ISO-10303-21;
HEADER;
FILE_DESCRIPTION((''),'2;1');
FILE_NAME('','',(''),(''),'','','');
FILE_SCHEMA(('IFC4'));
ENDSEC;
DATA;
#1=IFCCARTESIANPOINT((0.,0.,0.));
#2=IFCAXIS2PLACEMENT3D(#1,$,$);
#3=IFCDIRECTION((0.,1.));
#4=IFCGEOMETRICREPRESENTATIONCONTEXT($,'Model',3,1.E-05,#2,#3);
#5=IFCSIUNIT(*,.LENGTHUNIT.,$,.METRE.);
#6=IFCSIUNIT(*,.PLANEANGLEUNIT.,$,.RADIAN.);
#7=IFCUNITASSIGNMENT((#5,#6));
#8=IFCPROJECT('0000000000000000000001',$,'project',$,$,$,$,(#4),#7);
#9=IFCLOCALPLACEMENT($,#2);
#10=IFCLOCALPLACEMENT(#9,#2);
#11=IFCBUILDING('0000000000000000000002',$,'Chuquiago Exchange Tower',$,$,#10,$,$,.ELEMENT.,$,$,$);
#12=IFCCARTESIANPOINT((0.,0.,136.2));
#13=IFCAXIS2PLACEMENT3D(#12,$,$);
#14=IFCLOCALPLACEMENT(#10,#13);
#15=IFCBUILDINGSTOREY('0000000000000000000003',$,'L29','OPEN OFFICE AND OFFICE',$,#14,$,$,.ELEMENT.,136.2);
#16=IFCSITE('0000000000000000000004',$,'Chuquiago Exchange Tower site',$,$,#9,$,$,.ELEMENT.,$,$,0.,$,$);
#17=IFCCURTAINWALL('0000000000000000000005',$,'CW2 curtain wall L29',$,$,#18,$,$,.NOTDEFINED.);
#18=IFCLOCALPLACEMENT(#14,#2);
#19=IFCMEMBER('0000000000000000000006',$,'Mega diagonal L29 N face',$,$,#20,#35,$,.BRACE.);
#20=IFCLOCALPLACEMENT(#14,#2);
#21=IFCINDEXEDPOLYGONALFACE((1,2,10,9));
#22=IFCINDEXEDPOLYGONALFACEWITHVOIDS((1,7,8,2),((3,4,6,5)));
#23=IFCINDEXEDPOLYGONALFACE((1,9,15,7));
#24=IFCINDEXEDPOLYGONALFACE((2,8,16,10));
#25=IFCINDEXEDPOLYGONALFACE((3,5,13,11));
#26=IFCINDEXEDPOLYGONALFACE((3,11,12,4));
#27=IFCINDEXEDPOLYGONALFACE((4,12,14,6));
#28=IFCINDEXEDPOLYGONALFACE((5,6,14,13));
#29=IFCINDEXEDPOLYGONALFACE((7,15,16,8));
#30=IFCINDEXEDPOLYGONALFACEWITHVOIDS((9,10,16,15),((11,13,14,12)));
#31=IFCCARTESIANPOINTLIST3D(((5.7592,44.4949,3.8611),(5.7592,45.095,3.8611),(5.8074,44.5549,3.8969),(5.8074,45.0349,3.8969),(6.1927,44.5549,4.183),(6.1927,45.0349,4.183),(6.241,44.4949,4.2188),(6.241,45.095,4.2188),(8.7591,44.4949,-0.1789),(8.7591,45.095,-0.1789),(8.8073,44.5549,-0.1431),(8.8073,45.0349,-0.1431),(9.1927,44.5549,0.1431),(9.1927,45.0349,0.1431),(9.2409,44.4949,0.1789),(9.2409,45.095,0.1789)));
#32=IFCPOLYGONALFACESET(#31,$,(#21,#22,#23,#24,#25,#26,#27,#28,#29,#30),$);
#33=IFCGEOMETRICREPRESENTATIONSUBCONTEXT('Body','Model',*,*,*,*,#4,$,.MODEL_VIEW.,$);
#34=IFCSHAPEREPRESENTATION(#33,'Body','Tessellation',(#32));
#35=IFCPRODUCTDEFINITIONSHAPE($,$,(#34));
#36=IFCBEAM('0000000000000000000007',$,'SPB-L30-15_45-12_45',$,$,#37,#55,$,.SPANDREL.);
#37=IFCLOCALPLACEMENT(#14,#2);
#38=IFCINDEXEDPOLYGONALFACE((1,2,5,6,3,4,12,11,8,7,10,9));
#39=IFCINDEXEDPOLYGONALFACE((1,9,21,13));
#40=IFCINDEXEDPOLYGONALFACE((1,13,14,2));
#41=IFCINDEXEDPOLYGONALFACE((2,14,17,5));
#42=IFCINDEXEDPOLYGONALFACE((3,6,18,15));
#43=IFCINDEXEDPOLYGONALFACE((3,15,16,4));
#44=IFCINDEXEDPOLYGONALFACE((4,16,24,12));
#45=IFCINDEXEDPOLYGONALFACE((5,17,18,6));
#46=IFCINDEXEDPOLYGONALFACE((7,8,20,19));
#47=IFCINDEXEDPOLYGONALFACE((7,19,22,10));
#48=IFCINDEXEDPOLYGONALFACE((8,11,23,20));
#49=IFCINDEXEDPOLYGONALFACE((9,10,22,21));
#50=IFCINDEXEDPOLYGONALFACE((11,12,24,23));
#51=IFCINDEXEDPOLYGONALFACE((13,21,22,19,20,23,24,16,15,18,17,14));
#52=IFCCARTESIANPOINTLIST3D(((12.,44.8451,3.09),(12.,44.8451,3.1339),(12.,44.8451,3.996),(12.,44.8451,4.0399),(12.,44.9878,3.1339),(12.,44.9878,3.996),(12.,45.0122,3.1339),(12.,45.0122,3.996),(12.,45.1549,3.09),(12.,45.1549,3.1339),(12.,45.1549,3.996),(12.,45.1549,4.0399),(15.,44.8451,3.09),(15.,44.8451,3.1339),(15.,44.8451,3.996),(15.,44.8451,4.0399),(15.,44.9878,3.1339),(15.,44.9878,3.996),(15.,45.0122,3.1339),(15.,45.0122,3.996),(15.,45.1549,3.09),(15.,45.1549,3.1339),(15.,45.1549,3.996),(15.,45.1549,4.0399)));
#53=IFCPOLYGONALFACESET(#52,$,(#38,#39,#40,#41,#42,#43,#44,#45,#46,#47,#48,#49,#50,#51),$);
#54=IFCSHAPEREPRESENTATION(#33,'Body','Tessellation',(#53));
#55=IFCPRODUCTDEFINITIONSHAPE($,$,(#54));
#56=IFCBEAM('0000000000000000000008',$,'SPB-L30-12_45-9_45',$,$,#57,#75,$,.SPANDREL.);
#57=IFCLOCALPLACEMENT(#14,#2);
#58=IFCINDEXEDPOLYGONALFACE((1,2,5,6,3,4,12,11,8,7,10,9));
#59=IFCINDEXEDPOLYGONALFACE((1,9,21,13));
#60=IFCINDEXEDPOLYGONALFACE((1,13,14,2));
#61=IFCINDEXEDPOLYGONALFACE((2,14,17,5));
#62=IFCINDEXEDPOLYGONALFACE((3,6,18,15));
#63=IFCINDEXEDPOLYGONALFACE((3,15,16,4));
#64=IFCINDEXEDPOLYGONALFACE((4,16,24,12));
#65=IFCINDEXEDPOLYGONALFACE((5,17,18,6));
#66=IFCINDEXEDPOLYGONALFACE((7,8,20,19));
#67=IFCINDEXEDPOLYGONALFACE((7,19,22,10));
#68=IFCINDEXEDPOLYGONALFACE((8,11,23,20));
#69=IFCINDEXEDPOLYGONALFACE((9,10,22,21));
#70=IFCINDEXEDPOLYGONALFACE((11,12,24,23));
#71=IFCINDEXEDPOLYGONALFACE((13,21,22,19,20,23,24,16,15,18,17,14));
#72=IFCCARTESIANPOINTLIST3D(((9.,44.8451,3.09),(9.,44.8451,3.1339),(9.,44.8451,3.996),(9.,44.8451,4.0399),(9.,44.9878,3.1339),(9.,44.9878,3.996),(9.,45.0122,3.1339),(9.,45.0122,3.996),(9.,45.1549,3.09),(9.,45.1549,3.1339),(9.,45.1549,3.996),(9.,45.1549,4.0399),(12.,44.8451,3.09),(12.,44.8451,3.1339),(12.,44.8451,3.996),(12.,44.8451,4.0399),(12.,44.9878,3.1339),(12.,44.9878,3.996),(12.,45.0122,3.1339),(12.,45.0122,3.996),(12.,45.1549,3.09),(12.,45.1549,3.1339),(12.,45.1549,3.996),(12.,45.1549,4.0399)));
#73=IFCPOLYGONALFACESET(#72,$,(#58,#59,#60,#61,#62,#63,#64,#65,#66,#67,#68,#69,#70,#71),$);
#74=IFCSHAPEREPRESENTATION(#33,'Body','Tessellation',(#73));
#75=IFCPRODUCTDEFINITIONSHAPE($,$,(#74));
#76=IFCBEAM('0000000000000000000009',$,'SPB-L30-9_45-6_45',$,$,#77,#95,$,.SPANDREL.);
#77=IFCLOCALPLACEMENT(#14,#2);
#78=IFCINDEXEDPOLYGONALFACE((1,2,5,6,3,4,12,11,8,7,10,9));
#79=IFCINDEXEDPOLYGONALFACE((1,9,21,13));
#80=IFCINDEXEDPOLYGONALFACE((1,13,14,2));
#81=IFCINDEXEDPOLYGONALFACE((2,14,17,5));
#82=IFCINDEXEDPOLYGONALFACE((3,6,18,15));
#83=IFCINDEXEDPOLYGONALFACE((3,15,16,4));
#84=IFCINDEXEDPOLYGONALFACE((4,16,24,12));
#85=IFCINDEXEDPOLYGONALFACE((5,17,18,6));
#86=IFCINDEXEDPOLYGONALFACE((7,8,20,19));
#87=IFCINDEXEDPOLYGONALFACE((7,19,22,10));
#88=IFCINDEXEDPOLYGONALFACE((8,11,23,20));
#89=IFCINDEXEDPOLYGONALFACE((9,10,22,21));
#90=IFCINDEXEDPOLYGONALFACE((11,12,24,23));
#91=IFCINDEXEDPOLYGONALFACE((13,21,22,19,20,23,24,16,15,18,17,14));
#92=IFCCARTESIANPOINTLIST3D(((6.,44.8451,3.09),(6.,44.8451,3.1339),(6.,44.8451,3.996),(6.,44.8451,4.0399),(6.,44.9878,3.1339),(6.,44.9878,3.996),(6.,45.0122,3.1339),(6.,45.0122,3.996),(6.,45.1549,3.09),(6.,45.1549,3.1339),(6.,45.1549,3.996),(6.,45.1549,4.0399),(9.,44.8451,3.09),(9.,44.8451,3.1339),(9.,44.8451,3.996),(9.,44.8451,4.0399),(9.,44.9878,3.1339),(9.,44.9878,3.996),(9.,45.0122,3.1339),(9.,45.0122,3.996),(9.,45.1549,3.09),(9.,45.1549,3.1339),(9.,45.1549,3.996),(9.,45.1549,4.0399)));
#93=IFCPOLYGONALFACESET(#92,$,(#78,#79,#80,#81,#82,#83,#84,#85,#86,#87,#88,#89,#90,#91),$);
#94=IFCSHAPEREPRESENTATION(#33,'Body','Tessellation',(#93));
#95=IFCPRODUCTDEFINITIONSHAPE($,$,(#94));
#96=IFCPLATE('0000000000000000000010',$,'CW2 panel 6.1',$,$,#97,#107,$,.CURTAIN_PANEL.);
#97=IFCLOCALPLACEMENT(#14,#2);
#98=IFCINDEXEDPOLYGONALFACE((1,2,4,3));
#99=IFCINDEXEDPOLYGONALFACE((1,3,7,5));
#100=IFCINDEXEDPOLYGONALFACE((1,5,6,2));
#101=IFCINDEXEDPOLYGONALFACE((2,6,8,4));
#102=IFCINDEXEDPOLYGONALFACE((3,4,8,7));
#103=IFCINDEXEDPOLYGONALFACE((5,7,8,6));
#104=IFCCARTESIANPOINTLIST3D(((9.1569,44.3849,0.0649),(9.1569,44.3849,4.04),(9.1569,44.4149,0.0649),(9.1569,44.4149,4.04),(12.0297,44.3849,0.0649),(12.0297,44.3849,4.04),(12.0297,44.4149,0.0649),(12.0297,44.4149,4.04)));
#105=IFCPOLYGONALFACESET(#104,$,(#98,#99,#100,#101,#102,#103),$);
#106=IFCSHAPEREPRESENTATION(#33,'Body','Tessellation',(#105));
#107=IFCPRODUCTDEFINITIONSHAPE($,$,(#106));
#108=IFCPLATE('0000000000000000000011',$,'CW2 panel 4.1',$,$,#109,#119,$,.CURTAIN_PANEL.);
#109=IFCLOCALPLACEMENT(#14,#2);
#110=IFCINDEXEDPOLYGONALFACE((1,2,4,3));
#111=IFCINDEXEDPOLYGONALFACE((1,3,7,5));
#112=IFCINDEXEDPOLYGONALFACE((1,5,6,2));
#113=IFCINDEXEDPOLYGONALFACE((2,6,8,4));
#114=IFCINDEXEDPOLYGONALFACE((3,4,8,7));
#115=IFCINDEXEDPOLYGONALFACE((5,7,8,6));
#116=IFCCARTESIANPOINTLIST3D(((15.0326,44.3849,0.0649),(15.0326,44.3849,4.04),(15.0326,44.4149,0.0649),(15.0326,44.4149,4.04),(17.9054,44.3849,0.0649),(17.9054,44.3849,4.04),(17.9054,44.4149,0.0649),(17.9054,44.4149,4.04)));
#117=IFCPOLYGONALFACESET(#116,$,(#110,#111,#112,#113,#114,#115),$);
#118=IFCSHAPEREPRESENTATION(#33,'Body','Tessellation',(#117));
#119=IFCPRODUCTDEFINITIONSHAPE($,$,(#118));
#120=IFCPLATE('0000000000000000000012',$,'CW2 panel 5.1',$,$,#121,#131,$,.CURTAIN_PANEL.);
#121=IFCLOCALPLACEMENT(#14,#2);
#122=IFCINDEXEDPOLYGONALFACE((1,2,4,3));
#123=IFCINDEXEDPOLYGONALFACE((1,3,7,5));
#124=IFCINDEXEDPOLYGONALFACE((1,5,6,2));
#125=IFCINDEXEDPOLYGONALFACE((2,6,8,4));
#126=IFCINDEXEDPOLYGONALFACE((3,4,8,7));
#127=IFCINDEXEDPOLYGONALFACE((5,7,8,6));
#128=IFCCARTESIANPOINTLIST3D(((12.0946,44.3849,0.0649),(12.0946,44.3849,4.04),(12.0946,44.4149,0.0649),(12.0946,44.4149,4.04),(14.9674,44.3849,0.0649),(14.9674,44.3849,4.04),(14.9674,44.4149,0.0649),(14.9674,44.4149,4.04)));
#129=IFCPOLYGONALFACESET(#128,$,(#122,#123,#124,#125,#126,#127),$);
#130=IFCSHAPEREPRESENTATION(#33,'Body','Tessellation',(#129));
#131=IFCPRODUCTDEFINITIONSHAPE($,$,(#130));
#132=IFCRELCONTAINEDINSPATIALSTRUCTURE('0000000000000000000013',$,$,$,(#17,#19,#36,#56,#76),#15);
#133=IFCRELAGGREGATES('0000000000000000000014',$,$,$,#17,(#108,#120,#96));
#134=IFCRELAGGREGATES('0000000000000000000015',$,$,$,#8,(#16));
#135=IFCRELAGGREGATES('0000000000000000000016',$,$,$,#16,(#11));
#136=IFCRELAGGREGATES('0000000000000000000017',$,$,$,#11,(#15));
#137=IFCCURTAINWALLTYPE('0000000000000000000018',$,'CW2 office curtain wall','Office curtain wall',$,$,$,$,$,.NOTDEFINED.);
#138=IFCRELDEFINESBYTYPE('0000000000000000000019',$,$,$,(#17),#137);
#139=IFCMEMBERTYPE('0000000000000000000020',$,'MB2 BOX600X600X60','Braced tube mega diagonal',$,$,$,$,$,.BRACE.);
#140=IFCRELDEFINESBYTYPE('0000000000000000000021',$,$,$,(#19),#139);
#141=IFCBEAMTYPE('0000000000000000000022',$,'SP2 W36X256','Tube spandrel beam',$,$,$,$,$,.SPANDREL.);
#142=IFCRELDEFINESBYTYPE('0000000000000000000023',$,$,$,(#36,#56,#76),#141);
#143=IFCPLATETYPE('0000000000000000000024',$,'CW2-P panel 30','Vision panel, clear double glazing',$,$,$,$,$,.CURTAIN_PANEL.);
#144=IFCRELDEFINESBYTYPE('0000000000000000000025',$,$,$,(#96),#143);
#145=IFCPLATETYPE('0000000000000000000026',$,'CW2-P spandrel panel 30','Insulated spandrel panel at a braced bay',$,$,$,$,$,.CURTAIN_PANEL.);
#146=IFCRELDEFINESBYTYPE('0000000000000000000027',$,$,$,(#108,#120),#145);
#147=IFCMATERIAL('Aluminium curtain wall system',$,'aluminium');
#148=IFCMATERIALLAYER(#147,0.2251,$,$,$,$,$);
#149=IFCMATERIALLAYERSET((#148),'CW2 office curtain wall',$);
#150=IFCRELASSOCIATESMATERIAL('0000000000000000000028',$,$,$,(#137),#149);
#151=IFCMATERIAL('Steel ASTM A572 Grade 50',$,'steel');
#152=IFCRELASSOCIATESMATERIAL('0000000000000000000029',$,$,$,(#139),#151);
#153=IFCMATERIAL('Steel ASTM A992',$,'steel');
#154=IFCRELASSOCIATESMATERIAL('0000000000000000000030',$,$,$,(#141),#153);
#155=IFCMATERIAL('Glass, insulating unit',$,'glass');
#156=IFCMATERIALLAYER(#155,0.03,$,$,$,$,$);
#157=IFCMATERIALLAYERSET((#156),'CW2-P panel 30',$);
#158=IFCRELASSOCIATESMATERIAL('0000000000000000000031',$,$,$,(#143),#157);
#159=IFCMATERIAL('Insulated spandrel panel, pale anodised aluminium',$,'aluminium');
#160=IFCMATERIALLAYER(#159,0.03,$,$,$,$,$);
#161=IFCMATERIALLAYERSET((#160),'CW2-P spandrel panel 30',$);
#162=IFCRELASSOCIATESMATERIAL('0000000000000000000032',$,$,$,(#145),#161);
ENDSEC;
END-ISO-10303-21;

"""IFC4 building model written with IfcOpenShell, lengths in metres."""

from ifc_helpers import new_model, si_unit, direction, frame, origin, origin_2d, place, context, subcontext, project, spatial, rectangle, hollow_rectangle, i_section, extrude, material, layer, layer_set, material_profile, profile_set, type_object, element, aggregate, save


model = new_model("IFC4")

# Units and contexts
model_context = context("Model", 3, precision=1e-05, world=origin(), true_north=direction((0.0, 1.0)))
body_context = subcontext(model_context, "Body", "Model", "MODEL_VIEW")
ifc_project = project(units=[si_unit("LENGTHUNIT", "METRE"), si_unit("PLANEANGLEUNIT", "RADIAN")], contexts=[model_context])

# Site, building, storey
site_placement = place(None, origin())
site = spatial("IfcSite", under=ifc_project, at=site_placement, Name="Chuquiago Exchange Tower site", CompositionType="ELEMENT", RefElevation=0.0)
building_placement = place(site_placement, origin())
building = spatial("IfcBuilding", under=site, at=building_placement, Name="Chuquiago Exchange Tower", CompositionType="ELEMENT")
storey_placement = place(building_placement, frame((0.0, 0.0, 136.2)))
storey = spatial("IfcBuildingStorey", under=building, at=storey_placement, Name="L29", Description="OPEN OFFICE AND OFFICE", CompositionType="ELEMENT", Elevation=136.2)

# Curtain wall
ifc_material_1 = material(Name="Aluminium curtain wall system", Category="aluminium")
ifc_layer_1 = layer(ifc_material_1, 0.2251)
ifc_layer_set_1 = layer_set([ifc_layer_1], Name="CW2 office curtain wall")
curtain_wall_type = type_object("IfcCurtainWallType", Name="CW2 office curtain wall", Description="Office curtain wall", PredefinedType="NOTDEFINED", material=ifc_layer_set_1)
curtain_wall_placement = place(storey_placement, origin())
curtain_wall = element("IfcCurtainWall", 1, at=curtain_wall_placement, inside=storey, type_object=curtain_wall_type, Name="CW2 curtain wall L29", PredefinedType="NOTDEFINED")

# Member
ifc_material_2 = material(Name="Steel ASTM A572 Grade 50", Category="steel")
ifc_material_profile_1 = material_profile(ifc_material_2, hollow_rectangle(XDim=0.6001, YDim=0.6001, WallThickness=0.0601, at=origin_2d()), Name="BOX600X600X60")
ifc_profile_set_1 = profile_set([ifc_material_profile_1], Name="Steel ASTM A572 Grade 50")
member_type_1 = type_object("IfcMemberType", Name="MB2 BOX600X600X60", Description="Braced tube mega diagonal", PredefinedType="BRACE", material=ifc_profile_set_1)
for number, where, z_axis, x_axis, name in (
    (2, (9.0, 44.7949, 0.0), (-0.596174, 0.0, 0.802855), (0.0, -1.0, 0.0), "Mega diagonal L29 N face"),
):
    element("IfcMember", number, at=place(storey_placement, frame(where, z_axis=z_axis, x_axis=x_axis)), inside=storey, type_object=member_type_1, Name=name, PredefinedType="BRACE", context=body_context, shape_type="SweptSolid", body=[
        extrude(hollow_rectangle(XDim=0.6001, YDim=0.6001, WallThickness=0.0601, at=origin_2d()), origin(), (0.0, 0.0, 1.0), 5.032),
    ])

# Beams
ifc_material_3 = material(Name="Steel ASTM A992", Category="steel")
ifc_material_profile_2 = material_profile(ifc_material_3, i_section(OverallWidth=0.3098, OverallDepth=0.95, WebThickness=0.0244, FlangeThickness=0.0439, at=origin_2d()), Name="W36X256")
ifc_profile_set_2 = profile_set([ifc_material_profile_2], Name="Steel ASTM A992")
beam_type = type_object("IfcBeamType", Name="SP2 W36X256", Description="Tube spandrel beam", PredefinedType="SPANDREL", material=ifc_profile_set_2)
for number, where, z_axis, x_axis, name in (
    (3, (15.0, 45.0, 3.5649), (-1.0, 0.0, 0.0), (0.0, -1.0, 0.0), "SPB-L30-15_45-12_45"),
    (4, (12.0, 45.0, 3.5649), (-1.0, 0.0, 0.0), (0.0, -1.0, 0.0), "SPB-L30-12_45-9_45"),
    (5, (9.0, 45.0, 3.5649), (-1.0, 0.0, 0.0), (0.0, -1.0, 0.0), "SPB-L30-9_45-6_45"),
):
    element("IfcBeam", number, at=place(storey_placement, frame(where, z_axis=z_axis, x_axis=x_axis)), inside=storey, type_object=beam_type, Name=name, PredefinedType="SPANDREL", context=body_context, shape_type="SweptSolid", body=[
        extrude(i_section(OverallWidth=0.3098, OverallDepth=0.95, WebThickness=0.0244, FlangeThickness=0.0439, at=origin_2d()), origin(), (0.0, 0.0, 1.0), 3.0),
    ])

# Plates
ifc_material_4 = material(Name="Glass, insulating unit", Category="glass")
ifc_layer_2 = layer(ifc_material_4, 0.03)
ifc_layer_set_2 = layer_set([ifc_layer_2], Name="CW2-P panel 30")
plate_type_1 = type_object("IfcPlateType", Name="CW2-P panel 30", Description="Vision panel, clear double glazing", PredefinedType="CURTAIN_PANEL", material=ifc_layer_set_2)
plate_1_placement = place(storey_placement, frame((10.5933, 44.3999, 0.0649), z_axis=(0.0, 0.0, 1.0), x_axis=(-1.0, 0.0, 0.0)))
plate_1 = element("IfcPlate", 6, at=plate_1_placement, type_object=plate_type_1, Name="CW2 panel 6.1", PredefinedType="CURTAIN_PANEL", context=body_context, shape_type="SweptSolid", body=[
    extrude(rectangle(XDim=2.8728, YDim=0.03, at=origin_2d()), origin(), (0.0, 0.0, 1.0), 3.9751),
])
ifc_material_5 = material(Name="Insulated spandrel panel, pale anodised aluminium", Category="aluminium")
ifc_layer_3 = layer(ifc_material_5, 0.03)
ifc_layer_set_3 = layer_set([ifc_layer_3], Name="CW2-P spandrel panel 30")
plate_type_2 = type_object("IfcPlateType", Name="CW2-P spandrel panel 30", Description="Insulated spandrel panel at a braced bay", PredefinedType="CURTAIN_PANEL", material=ifc_layer_set_3)
plate_2_placement = place(storey_placement, frame((16.469, 44.3999, 0.0649), z_axis=(0.0, 0.0, 1.0), x_axis=(-1.0, 0.0, 0.0)))
plate_2 = element("IfcPlate", 7, at=plate_2_placement, type_object=plate_type_2, Name="CW2 panel 4.1", PredefinedType="CURTAIN_PANEL", context=body_context, shape_type="SweptSolid", body=[
    extrude(rectangle(XDim=2.8728, YDim=0.03, at=origin_2d()), origin(), (0.0, 0.0, 1.0), 3.9751),
])
plate_3_placement = place(storey_placement, frame((13.531, 44.3999, 0.0649), z_axis=(0.0, 0.0, 1.0), x_axis=(-1.0, 0.0, 0.0)))
plate_3 = element("IfcPlate", 8, at=plate_3_placement, type_object=plate_type_2, Name="CW2 panel 5.1", PredefinedType="CURTAIN_PANEL", context=body_context, shape_type="SweptSolid", body=[
    extrude(rectangle(XDim=2.8728, YDim=0.03, at=origin_2d()), origin(), (0.0, 0.0, 1.0), 3.9751),
])
aggregate(curtain_wall, [plate_2, plate_3, plate_1])

save(model, "model.ifc")
